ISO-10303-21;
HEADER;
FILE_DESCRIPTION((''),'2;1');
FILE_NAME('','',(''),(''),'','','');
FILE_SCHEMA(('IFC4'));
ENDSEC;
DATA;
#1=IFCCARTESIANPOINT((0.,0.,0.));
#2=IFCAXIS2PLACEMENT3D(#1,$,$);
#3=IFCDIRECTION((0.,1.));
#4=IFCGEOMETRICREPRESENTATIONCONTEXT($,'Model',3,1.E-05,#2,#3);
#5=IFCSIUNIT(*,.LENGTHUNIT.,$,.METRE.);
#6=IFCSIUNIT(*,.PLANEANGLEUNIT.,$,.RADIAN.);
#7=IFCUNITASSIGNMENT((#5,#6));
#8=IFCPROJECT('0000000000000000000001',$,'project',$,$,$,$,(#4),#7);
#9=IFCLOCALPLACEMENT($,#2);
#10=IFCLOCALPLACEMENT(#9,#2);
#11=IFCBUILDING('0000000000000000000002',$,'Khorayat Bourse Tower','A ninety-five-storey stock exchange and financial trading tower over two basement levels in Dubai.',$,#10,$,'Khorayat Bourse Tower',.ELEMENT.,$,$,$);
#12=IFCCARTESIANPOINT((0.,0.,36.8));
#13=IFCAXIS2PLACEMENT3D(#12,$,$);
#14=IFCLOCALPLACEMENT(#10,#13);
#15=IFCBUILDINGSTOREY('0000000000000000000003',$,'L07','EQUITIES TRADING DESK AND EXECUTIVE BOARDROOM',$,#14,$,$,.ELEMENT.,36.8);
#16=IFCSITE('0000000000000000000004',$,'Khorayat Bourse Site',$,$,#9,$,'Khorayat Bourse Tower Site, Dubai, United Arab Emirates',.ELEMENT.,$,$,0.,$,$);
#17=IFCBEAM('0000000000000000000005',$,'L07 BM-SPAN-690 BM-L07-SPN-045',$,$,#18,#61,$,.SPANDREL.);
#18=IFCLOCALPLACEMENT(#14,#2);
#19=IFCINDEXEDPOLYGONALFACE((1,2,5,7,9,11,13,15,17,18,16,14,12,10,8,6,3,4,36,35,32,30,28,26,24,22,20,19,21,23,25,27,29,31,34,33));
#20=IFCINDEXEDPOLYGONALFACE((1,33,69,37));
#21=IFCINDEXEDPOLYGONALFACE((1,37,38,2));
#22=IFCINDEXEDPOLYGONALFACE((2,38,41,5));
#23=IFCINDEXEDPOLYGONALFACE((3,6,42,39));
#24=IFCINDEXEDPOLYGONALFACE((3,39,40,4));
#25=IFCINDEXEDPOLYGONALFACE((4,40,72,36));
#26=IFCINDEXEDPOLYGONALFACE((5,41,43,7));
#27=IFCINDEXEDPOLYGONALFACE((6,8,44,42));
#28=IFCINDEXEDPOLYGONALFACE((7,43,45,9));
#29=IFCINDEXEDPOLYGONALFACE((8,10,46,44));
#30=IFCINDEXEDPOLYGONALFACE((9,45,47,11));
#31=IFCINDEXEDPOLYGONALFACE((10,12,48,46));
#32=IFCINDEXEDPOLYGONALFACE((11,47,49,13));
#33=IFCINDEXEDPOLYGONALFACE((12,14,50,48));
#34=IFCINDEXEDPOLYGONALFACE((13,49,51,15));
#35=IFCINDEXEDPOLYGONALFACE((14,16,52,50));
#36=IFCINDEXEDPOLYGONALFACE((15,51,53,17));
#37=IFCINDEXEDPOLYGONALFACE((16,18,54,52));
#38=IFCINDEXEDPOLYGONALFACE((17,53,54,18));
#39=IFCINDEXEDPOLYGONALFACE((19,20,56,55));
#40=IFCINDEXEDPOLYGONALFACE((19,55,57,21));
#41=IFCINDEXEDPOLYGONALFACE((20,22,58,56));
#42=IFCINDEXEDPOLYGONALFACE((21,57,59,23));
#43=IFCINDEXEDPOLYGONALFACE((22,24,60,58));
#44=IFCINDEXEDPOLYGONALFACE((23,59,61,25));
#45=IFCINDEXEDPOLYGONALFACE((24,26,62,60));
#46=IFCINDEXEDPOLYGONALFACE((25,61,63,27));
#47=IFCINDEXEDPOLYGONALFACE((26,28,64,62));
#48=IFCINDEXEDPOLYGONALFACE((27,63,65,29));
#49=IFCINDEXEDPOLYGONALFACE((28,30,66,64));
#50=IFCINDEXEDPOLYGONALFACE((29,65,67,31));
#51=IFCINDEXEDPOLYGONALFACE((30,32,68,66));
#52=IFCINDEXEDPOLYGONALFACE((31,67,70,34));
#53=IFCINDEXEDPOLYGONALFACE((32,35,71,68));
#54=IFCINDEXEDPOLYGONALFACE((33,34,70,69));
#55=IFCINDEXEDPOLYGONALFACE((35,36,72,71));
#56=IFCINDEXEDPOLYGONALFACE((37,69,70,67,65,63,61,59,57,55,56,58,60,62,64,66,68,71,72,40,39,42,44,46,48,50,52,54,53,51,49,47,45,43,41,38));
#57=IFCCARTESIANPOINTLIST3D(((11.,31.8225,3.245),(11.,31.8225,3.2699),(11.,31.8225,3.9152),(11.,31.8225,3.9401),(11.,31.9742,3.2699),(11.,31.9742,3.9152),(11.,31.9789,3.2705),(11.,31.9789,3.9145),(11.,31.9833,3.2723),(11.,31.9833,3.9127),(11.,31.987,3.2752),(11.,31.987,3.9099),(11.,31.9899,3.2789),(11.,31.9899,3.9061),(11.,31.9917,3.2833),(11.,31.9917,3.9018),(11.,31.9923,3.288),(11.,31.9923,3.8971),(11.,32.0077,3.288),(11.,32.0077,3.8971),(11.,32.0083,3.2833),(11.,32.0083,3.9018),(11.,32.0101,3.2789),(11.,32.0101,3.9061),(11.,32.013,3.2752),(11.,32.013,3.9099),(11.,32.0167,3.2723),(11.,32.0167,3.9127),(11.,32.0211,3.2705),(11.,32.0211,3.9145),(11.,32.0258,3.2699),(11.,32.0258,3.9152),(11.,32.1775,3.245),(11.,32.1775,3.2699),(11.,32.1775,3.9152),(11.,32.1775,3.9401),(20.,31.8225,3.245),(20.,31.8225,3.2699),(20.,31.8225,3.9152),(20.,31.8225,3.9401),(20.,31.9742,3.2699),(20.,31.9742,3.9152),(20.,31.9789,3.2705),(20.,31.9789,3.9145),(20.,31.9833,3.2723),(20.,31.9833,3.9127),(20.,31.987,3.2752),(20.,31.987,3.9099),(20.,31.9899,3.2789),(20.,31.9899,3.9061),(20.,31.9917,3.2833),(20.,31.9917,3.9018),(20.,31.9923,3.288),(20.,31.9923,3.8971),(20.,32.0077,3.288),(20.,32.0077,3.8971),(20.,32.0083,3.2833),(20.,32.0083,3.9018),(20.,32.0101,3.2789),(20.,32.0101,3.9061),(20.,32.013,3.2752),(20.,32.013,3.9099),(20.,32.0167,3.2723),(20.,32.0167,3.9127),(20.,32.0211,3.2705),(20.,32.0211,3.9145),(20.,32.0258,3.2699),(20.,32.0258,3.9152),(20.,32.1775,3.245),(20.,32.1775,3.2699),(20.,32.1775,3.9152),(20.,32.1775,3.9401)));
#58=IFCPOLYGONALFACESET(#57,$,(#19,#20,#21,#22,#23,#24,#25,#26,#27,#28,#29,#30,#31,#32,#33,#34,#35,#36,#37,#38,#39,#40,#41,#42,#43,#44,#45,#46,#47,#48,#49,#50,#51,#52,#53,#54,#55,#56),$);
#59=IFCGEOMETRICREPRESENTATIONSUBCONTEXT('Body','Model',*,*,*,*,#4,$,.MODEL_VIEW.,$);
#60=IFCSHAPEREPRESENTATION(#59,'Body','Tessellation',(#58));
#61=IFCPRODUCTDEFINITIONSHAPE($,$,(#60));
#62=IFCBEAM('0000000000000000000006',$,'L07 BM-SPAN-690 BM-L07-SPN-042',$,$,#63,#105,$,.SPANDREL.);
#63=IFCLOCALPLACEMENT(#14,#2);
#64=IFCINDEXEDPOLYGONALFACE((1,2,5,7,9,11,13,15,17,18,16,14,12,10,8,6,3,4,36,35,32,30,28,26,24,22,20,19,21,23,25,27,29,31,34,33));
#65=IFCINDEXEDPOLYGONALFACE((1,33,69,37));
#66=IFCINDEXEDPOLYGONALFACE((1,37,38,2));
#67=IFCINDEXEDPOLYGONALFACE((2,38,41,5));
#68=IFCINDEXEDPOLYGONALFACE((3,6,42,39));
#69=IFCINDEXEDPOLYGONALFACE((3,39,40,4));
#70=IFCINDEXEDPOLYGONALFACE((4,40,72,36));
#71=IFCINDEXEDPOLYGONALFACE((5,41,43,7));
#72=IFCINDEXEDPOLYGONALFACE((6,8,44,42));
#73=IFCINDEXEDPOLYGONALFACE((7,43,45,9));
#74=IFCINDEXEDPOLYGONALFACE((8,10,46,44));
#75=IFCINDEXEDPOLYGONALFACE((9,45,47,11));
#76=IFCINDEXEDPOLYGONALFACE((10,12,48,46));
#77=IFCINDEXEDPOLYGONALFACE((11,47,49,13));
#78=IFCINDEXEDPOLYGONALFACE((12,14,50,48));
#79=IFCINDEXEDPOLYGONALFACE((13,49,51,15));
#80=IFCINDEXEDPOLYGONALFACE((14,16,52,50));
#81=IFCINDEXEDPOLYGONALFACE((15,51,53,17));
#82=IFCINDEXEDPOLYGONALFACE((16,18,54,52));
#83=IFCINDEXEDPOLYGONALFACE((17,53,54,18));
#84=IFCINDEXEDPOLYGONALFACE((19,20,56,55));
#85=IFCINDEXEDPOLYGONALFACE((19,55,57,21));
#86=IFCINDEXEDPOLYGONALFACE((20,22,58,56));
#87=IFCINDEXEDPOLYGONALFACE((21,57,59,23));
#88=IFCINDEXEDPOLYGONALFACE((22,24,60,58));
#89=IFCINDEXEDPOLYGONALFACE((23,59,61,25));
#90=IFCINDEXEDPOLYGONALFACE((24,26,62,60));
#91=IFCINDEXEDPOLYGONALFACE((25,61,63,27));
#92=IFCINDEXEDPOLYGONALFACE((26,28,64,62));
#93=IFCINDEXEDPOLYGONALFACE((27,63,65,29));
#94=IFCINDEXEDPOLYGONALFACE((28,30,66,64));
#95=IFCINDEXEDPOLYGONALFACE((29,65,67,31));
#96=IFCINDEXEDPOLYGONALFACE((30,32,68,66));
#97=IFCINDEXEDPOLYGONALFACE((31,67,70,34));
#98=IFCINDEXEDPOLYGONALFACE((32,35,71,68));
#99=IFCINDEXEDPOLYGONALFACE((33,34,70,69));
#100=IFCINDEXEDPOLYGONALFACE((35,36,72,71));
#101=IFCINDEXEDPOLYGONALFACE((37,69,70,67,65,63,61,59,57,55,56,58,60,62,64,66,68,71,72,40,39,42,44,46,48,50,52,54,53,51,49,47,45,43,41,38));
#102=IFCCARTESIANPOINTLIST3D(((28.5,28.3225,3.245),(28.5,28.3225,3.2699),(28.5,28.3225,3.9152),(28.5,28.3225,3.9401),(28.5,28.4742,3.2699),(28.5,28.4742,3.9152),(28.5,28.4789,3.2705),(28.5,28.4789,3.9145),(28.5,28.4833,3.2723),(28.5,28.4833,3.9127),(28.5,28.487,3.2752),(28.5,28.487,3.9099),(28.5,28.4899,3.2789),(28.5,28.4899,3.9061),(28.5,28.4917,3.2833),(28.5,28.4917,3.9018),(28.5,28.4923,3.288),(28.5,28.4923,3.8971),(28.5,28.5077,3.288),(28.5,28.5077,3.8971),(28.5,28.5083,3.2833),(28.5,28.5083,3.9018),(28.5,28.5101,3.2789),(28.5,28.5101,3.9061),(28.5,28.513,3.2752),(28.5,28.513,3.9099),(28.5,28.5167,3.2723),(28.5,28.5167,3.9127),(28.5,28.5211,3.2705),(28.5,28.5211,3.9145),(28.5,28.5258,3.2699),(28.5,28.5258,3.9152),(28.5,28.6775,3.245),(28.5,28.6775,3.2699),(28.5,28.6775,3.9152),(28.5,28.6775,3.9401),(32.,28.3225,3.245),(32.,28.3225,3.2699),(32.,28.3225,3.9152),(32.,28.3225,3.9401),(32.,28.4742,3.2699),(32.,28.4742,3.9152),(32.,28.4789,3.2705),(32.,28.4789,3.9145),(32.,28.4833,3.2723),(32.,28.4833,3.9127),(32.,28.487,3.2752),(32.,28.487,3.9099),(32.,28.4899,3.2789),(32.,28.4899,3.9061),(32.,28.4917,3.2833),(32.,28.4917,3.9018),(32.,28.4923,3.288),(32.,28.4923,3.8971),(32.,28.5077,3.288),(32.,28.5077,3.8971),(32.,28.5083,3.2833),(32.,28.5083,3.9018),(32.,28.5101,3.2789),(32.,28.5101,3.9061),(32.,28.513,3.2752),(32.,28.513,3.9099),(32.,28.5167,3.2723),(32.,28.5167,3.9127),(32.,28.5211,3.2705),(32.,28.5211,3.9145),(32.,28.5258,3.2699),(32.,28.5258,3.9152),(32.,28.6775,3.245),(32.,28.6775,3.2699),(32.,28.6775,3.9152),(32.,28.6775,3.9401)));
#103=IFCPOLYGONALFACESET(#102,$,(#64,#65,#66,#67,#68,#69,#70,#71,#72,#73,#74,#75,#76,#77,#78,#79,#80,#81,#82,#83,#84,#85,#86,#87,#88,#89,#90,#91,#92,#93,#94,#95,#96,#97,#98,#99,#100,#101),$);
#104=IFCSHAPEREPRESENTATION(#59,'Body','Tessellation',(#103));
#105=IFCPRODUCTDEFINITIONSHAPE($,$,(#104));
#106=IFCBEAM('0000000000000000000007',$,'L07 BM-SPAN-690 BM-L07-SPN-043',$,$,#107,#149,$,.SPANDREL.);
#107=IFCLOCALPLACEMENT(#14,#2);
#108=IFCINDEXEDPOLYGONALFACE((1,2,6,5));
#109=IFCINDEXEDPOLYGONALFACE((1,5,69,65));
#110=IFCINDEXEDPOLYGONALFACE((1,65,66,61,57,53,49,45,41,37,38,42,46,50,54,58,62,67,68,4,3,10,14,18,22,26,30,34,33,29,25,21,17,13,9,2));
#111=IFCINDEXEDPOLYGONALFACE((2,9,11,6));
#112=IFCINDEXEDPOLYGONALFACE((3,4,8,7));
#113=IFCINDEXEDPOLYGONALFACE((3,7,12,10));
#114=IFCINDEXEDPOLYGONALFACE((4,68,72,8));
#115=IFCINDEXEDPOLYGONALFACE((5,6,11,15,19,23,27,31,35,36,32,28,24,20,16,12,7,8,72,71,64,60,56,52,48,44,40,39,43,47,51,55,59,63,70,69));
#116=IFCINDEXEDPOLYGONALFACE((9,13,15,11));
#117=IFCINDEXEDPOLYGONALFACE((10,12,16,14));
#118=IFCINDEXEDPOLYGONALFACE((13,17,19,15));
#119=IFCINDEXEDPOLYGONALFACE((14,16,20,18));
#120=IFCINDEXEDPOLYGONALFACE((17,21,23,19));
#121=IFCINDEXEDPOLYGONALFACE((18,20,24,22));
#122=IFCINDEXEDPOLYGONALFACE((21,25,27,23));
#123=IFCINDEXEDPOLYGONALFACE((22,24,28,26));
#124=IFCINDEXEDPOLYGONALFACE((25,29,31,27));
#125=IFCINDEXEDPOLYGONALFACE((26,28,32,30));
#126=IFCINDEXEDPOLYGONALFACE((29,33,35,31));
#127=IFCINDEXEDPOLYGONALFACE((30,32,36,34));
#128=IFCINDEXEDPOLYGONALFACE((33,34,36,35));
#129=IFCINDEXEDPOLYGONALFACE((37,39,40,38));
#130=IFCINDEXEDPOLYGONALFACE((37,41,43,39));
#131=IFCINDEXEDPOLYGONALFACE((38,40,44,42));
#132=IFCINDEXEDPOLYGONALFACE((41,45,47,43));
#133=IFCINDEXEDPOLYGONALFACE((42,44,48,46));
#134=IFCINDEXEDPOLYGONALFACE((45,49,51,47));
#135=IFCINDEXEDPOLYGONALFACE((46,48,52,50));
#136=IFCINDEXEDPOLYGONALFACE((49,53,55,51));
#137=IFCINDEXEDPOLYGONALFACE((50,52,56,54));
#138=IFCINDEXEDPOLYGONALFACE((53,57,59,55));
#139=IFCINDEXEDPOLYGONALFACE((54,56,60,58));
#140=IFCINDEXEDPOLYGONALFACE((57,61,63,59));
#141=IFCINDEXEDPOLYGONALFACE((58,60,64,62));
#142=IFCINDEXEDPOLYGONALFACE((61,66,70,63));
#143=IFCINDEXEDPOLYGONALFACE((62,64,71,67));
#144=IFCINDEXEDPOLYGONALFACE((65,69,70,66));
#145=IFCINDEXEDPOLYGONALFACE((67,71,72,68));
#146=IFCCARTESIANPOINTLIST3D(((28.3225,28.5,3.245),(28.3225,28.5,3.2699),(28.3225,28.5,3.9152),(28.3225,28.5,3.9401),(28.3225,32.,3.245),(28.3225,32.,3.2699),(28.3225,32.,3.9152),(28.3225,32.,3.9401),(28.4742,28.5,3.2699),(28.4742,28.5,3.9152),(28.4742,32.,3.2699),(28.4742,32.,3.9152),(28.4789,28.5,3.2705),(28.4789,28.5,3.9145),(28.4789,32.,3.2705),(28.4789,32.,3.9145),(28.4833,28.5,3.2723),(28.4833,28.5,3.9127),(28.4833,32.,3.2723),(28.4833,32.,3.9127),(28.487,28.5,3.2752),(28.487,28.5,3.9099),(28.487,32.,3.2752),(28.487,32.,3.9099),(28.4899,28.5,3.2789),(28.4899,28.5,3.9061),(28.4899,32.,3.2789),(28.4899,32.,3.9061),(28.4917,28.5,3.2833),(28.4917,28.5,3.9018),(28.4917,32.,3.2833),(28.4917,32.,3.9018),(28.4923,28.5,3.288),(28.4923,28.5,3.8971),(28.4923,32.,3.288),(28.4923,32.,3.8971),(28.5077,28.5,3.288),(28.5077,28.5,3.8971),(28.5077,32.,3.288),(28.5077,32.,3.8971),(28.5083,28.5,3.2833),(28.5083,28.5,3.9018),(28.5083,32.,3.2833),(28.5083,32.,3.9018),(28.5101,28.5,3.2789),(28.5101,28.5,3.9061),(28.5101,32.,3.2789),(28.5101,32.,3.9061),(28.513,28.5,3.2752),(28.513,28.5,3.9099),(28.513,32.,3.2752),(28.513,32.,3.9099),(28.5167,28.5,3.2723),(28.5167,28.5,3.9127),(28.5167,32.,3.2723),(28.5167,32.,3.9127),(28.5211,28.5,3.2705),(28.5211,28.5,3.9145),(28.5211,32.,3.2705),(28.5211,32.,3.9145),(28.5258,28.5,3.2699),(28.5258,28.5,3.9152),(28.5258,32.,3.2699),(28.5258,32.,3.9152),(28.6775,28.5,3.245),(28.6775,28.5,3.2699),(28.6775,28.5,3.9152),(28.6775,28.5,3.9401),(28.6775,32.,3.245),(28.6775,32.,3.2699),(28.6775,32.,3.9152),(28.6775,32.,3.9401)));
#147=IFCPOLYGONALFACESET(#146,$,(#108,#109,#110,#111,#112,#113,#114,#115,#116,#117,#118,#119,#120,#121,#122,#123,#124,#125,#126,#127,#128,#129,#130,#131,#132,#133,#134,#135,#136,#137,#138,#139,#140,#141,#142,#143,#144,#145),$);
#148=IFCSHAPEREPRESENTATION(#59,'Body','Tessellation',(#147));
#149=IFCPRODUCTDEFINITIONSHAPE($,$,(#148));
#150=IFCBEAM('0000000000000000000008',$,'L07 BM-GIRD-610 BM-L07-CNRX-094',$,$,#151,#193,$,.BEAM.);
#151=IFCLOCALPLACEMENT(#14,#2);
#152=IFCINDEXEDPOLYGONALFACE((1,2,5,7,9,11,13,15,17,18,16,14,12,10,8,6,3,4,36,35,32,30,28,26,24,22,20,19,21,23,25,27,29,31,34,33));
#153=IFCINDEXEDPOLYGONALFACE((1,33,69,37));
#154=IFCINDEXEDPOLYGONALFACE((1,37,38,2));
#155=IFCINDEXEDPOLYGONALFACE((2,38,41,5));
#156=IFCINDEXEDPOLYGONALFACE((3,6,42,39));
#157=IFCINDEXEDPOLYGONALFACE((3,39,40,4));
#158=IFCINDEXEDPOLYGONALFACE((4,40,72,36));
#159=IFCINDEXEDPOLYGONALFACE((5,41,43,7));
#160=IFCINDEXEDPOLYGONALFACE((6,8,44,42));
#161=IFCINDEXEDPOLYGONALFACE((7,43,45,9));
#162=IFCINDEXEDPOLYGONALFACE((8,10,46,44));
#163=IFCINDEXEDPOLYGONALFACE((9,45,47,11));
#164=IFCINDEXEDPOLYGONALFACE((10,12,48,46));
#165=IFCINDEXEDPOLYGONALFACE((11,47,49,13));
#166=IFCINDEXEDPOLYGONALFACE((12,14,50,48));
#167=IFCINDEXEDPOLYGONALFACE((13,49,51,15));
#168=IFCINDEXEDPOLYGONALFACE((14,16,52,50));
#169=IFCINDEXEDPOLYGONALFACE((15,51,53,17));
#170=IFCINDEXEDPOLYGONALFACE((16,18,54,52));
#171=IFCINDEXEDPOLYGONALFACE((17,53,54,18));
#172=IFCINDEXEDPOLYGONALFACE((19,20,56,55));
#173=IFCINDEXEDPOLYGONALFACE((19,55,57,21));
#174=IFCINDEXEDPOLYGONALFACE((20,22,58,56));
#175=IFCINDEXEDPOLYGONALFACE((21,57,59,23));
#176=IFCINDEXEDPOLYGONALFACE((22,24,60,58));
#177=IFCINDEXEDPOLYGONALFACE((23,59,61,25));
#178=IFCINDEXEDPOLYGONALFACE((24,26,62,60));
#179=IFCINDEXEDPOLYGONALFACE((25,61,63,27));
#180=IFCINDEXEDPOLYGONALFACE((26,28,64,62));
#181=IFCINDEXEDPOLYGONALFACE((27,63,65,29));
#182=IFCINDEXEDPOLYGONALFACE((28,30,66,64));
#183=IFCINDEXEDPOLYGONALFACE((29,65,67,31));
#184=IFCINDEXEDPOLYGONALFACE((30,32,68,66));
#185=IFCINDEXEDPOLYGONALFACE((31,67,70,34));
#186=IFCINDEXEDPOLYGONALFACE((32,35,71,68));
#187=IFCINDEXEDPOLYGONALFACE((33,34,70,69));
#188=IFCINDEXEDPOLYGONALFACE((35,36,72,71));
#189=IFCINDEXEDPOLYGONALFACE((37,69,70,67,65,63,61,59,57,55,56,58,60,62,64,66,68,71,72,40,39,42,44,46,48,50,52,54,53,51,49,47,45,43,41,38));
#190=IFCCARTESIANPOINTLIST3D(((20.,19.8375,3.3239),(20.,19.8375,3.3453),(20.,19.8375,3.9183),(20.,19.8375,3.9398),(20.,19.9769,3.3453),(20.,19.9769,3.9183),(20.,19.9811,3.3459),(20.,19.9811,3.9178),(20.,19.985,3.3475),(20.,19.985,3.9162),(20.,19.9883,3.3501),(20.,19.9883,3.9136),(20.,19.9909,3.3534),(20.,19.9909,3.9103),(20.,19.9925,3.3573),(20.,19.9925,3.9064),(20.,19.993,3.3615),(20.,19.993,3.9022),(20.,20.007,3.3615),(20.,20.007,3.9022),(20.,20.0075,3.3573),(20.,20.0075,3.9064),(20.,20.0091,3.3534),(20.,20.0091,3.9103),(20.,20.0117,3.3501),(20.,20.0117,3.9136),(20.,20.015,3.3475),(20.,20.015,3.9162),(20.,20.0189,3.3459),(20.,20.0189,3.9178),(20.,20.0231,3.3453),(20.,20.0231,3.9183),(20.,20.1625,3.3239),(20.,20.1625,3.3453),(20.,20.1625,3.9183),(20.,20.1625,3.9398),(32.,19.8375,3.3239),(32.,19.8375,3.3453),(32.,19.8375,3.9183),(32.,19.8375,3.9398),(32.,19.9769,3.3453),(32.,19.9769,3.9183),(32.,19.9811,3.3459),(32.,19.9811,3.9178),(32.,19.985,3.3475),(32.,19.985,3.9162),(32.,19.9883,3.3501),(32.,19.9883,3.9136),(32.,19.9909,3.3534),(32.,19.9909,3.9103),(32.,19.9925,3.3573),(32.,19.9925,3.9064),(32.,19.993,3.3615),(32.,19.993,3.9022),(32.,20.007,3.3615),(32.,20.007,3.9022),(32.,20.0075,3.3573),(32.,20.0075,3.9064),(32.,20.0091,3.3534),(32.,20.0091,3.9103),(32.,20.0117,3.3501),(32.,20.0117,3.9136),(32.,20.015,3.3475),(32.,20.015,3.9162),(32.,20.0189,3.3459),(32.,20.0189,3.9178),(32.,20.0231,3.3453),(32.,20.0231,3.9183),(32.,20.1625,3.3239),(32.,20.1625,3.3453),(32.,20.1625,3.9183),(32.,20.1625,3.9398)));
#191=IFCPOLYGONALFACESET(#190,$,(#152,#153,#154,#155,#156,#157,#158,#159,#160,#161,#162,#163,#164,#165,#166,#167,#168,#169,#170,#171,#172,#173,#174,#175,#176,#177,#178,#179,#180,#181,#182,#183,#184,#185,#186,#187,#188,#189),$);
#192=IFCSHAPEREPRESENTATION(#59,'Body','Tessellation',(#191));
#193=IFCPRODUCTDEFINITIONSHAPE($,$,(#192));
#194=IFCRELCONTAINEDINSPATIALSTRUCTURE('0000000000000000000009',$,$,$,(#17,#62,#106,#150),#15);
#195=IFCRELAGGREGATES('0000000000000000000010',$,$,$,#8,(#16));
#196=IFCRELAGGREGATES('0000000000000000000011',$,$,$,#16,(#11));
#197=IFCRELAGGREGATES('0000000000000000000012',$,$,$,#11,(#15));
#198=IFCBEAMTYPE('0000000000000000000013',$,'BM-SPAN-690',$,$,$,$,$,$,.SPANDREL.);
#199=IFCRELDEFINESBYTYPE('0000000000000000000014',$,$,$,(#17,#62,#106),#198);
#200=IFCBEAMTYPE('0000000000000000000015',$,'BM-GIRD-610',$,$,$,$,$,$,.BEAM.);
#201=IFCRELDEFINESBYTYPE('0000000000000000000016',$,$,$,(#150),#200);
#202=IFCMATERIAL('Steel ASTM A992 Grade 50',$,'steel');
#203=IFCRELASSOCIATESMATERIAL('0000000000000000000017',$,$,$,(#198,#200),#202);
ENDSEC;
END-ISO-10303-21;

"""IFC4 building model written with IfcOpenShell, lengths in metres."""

from ifc_helpers import new_model, si_unit, direction, frame, origin, origin_2d, place, context, subcontext, project, spatial, i_section, extrude, source, transform, mapped, material, material_profile, profile_set, type_object, element, save


model = new_model("IFC4")

# Units and contexts
model_context = context("Model", 3, precision=1e-05, world=origin(), true_north=direction((0.0, 1.0)))
body_context = subcontext(model_context, "Body", "Model", "MODEL_VIEW")
ifc_project = project(units=[si_unit("LENGTHUNIT", "METRE"), si_unit("PLANEANGLEUNIT", "RADIAN")], contexts=[model_context])

# Site, building, storey
site_placement = place(None, origin())
site = spatial("IfcSite", under=ifc_project, at=site_placement, Name="Khorayat Bourse Site", LongName="Khorayat Bourse Tower Site, Dubai, United Arab Emirates", CompositionType="ELEMENT", RefElevation=0.0)
building_placement = place(site_placement, origin())
building = spatial("IfcBuilding", under=site, at=building_placement, Name="Khorayat Bourse Tower", Description="A ninety-five-storey stock exchange and financial trading tower over two basement levels in Dubai.", LongName="Khorayat Bourse Tower", CompositionType="ELEMENT")
storey_placement = place(building_placement, frame((0.0, 0.0, 36.8)))
storey = spatial("IfcBuildingStorey", under=building, at=storey_placement, Name="L07", Description="EQUITIES TRADING DESK AND EXECUTIVE BOARDROOM", CompositionType="ELEMENT", Elevation=36.8)

# Beams
ifc_material_1 = material(Name="Steel ASTM A992 Grade 50", Category="steel")
ifc_material_profile_1 = material_profile(ifc_material_1, i_section(OverallWidth=0.355, OverallDepth=0.6951, WebThickness=0.0154, FlangeThickness=0.0249, FilletRadius=0.0181, at=origin_2d()), Name="W690X217")
ifc_profile_set_1 = profile_set([ifc_material_profile_1], Name="Steel ASTM A992 Grade 50")
beam_type_1 = type_object("IfcBeamType", Name="BM-SPAN-690", PredefinedType="SPANDREL", material=ifc_profile_set_1)
shared_shape_1 = source(origin(), body_context, "Body", "SweptSolid", [
    extrude(i_section(OverallWidth=0.355, OverallDepth=0.6951, WebThickness=0.0154, FlangeThickness=0.0249, FilletRadius=0.0181, at=origin_2d()), origin(), (0.0, 0.0, 1.0), 9.0),
])
beam_1_placement = place(storey_placement, frame((11.0, 32.0, 3.5925), z_axis=(1.0, 0.0, 0.0), x_axis=(0.0, 1.0, 0.0)))
element("IfcBeam", 1, at=beam_1_placement, inside=storey, type_object=beam_type_1, Name="L07 BM-SPAN-690 BM-L07-SPN-045", PredefinedType="SPANDREL", context=body_context, shape_type="MappedRepresentation", body=[
    mapped(shared_shape_1, transform((0.0, 0.0, 0.0), scale=1.0)),
])
shared_shape_2 = source(origin(), body_context, "Body", "SweptSolid", [
    extrude(i_section(OverallWidth=0.355, OverallDepth=0.6951, WebThickness=0.0154, FlangeThickness=0.0249, FilletRadius=0.0181, at=origin_2d()), origin(), (0.0, 0.0, 1.0), 3.5),
])
for number, where, z_axis, x_axis, name in (
    (2, (28.5, 28.5, 3.5925), (1.0, 0.0, 0.0), (0.0, 1.0, 0.0), "L07 BM-SPAN-690 BM-L07-SPN-042"),
    (3, (28.5, 28.5, 3.5925), (0.0, 1.0, 0.0), (-1.0, 0.0, 0.0), "L07 BM-SPAN-690 BM-L07-SPN-043"),
):
    element("IfcBeam", number, at=place(storey_placement, frame(where, z_axis=z_axis, x_axis=x_axis)), inside=storey, type_object=beam_type_1, Name=name, PredefinedType="SPANDREL", context=body_context, shape_type="MappedRepresentation", body=[
        mapped(shared_shape_2, transform((0.0, 0.0, 0.0), scale=1.0)),
    ])
ifc_material_profile_2 = material_profile(ifc_material_1, i_section(OverallWidth=0.325, OverallDepth=0.616, WebThickness=0.0139, FlangeThickness=0.0215, FilletRadius=0.0161, at=origin_2d()), Name="W610X174")
ifc_profile_set_2 = profile_set([ifc_material_profile_2], Name="Steel ASTM A992 Grade 50")
beam_type_2 = type_object("IfcBeamType", Name="BM-GIRD-610", PredefinedType="BEAM", material=ifc_profile_set_2)
shared_shape_3 = source(origin(), body_context, "Body", "SweptSolid", [
    extrude(i_section(OverallWidth=0.325, OverallDepth=0.616, WebThickness=0.0139, FlangeThickness=0.0215, FilletRadius=0.0161, at=origin_2d()), origin(), (0.0, 0.0, 1.0), 12.0),
])
beam_2_placement = place(storey_placement, frame((20.0, 20.0, 3.6318), z_axis=(1.0, 0.0, 0.0), x_axis=(0.0, 1.0, 0.0)))
element("IfcBeam", 4, at=beam_2_placement, inside=storey, type_object=beam_type_2, Name="L07 BM-GIRD-610 BM-L07-CNRX-094", PredefinedType="BEAM", context=body_context, shape_type="MappedRepresentation", body=[
    mapped(shared_shape_3, transform((0.0, 0.0, 0.0), scale=1.0)),
])

save(model, "model.ifc")
